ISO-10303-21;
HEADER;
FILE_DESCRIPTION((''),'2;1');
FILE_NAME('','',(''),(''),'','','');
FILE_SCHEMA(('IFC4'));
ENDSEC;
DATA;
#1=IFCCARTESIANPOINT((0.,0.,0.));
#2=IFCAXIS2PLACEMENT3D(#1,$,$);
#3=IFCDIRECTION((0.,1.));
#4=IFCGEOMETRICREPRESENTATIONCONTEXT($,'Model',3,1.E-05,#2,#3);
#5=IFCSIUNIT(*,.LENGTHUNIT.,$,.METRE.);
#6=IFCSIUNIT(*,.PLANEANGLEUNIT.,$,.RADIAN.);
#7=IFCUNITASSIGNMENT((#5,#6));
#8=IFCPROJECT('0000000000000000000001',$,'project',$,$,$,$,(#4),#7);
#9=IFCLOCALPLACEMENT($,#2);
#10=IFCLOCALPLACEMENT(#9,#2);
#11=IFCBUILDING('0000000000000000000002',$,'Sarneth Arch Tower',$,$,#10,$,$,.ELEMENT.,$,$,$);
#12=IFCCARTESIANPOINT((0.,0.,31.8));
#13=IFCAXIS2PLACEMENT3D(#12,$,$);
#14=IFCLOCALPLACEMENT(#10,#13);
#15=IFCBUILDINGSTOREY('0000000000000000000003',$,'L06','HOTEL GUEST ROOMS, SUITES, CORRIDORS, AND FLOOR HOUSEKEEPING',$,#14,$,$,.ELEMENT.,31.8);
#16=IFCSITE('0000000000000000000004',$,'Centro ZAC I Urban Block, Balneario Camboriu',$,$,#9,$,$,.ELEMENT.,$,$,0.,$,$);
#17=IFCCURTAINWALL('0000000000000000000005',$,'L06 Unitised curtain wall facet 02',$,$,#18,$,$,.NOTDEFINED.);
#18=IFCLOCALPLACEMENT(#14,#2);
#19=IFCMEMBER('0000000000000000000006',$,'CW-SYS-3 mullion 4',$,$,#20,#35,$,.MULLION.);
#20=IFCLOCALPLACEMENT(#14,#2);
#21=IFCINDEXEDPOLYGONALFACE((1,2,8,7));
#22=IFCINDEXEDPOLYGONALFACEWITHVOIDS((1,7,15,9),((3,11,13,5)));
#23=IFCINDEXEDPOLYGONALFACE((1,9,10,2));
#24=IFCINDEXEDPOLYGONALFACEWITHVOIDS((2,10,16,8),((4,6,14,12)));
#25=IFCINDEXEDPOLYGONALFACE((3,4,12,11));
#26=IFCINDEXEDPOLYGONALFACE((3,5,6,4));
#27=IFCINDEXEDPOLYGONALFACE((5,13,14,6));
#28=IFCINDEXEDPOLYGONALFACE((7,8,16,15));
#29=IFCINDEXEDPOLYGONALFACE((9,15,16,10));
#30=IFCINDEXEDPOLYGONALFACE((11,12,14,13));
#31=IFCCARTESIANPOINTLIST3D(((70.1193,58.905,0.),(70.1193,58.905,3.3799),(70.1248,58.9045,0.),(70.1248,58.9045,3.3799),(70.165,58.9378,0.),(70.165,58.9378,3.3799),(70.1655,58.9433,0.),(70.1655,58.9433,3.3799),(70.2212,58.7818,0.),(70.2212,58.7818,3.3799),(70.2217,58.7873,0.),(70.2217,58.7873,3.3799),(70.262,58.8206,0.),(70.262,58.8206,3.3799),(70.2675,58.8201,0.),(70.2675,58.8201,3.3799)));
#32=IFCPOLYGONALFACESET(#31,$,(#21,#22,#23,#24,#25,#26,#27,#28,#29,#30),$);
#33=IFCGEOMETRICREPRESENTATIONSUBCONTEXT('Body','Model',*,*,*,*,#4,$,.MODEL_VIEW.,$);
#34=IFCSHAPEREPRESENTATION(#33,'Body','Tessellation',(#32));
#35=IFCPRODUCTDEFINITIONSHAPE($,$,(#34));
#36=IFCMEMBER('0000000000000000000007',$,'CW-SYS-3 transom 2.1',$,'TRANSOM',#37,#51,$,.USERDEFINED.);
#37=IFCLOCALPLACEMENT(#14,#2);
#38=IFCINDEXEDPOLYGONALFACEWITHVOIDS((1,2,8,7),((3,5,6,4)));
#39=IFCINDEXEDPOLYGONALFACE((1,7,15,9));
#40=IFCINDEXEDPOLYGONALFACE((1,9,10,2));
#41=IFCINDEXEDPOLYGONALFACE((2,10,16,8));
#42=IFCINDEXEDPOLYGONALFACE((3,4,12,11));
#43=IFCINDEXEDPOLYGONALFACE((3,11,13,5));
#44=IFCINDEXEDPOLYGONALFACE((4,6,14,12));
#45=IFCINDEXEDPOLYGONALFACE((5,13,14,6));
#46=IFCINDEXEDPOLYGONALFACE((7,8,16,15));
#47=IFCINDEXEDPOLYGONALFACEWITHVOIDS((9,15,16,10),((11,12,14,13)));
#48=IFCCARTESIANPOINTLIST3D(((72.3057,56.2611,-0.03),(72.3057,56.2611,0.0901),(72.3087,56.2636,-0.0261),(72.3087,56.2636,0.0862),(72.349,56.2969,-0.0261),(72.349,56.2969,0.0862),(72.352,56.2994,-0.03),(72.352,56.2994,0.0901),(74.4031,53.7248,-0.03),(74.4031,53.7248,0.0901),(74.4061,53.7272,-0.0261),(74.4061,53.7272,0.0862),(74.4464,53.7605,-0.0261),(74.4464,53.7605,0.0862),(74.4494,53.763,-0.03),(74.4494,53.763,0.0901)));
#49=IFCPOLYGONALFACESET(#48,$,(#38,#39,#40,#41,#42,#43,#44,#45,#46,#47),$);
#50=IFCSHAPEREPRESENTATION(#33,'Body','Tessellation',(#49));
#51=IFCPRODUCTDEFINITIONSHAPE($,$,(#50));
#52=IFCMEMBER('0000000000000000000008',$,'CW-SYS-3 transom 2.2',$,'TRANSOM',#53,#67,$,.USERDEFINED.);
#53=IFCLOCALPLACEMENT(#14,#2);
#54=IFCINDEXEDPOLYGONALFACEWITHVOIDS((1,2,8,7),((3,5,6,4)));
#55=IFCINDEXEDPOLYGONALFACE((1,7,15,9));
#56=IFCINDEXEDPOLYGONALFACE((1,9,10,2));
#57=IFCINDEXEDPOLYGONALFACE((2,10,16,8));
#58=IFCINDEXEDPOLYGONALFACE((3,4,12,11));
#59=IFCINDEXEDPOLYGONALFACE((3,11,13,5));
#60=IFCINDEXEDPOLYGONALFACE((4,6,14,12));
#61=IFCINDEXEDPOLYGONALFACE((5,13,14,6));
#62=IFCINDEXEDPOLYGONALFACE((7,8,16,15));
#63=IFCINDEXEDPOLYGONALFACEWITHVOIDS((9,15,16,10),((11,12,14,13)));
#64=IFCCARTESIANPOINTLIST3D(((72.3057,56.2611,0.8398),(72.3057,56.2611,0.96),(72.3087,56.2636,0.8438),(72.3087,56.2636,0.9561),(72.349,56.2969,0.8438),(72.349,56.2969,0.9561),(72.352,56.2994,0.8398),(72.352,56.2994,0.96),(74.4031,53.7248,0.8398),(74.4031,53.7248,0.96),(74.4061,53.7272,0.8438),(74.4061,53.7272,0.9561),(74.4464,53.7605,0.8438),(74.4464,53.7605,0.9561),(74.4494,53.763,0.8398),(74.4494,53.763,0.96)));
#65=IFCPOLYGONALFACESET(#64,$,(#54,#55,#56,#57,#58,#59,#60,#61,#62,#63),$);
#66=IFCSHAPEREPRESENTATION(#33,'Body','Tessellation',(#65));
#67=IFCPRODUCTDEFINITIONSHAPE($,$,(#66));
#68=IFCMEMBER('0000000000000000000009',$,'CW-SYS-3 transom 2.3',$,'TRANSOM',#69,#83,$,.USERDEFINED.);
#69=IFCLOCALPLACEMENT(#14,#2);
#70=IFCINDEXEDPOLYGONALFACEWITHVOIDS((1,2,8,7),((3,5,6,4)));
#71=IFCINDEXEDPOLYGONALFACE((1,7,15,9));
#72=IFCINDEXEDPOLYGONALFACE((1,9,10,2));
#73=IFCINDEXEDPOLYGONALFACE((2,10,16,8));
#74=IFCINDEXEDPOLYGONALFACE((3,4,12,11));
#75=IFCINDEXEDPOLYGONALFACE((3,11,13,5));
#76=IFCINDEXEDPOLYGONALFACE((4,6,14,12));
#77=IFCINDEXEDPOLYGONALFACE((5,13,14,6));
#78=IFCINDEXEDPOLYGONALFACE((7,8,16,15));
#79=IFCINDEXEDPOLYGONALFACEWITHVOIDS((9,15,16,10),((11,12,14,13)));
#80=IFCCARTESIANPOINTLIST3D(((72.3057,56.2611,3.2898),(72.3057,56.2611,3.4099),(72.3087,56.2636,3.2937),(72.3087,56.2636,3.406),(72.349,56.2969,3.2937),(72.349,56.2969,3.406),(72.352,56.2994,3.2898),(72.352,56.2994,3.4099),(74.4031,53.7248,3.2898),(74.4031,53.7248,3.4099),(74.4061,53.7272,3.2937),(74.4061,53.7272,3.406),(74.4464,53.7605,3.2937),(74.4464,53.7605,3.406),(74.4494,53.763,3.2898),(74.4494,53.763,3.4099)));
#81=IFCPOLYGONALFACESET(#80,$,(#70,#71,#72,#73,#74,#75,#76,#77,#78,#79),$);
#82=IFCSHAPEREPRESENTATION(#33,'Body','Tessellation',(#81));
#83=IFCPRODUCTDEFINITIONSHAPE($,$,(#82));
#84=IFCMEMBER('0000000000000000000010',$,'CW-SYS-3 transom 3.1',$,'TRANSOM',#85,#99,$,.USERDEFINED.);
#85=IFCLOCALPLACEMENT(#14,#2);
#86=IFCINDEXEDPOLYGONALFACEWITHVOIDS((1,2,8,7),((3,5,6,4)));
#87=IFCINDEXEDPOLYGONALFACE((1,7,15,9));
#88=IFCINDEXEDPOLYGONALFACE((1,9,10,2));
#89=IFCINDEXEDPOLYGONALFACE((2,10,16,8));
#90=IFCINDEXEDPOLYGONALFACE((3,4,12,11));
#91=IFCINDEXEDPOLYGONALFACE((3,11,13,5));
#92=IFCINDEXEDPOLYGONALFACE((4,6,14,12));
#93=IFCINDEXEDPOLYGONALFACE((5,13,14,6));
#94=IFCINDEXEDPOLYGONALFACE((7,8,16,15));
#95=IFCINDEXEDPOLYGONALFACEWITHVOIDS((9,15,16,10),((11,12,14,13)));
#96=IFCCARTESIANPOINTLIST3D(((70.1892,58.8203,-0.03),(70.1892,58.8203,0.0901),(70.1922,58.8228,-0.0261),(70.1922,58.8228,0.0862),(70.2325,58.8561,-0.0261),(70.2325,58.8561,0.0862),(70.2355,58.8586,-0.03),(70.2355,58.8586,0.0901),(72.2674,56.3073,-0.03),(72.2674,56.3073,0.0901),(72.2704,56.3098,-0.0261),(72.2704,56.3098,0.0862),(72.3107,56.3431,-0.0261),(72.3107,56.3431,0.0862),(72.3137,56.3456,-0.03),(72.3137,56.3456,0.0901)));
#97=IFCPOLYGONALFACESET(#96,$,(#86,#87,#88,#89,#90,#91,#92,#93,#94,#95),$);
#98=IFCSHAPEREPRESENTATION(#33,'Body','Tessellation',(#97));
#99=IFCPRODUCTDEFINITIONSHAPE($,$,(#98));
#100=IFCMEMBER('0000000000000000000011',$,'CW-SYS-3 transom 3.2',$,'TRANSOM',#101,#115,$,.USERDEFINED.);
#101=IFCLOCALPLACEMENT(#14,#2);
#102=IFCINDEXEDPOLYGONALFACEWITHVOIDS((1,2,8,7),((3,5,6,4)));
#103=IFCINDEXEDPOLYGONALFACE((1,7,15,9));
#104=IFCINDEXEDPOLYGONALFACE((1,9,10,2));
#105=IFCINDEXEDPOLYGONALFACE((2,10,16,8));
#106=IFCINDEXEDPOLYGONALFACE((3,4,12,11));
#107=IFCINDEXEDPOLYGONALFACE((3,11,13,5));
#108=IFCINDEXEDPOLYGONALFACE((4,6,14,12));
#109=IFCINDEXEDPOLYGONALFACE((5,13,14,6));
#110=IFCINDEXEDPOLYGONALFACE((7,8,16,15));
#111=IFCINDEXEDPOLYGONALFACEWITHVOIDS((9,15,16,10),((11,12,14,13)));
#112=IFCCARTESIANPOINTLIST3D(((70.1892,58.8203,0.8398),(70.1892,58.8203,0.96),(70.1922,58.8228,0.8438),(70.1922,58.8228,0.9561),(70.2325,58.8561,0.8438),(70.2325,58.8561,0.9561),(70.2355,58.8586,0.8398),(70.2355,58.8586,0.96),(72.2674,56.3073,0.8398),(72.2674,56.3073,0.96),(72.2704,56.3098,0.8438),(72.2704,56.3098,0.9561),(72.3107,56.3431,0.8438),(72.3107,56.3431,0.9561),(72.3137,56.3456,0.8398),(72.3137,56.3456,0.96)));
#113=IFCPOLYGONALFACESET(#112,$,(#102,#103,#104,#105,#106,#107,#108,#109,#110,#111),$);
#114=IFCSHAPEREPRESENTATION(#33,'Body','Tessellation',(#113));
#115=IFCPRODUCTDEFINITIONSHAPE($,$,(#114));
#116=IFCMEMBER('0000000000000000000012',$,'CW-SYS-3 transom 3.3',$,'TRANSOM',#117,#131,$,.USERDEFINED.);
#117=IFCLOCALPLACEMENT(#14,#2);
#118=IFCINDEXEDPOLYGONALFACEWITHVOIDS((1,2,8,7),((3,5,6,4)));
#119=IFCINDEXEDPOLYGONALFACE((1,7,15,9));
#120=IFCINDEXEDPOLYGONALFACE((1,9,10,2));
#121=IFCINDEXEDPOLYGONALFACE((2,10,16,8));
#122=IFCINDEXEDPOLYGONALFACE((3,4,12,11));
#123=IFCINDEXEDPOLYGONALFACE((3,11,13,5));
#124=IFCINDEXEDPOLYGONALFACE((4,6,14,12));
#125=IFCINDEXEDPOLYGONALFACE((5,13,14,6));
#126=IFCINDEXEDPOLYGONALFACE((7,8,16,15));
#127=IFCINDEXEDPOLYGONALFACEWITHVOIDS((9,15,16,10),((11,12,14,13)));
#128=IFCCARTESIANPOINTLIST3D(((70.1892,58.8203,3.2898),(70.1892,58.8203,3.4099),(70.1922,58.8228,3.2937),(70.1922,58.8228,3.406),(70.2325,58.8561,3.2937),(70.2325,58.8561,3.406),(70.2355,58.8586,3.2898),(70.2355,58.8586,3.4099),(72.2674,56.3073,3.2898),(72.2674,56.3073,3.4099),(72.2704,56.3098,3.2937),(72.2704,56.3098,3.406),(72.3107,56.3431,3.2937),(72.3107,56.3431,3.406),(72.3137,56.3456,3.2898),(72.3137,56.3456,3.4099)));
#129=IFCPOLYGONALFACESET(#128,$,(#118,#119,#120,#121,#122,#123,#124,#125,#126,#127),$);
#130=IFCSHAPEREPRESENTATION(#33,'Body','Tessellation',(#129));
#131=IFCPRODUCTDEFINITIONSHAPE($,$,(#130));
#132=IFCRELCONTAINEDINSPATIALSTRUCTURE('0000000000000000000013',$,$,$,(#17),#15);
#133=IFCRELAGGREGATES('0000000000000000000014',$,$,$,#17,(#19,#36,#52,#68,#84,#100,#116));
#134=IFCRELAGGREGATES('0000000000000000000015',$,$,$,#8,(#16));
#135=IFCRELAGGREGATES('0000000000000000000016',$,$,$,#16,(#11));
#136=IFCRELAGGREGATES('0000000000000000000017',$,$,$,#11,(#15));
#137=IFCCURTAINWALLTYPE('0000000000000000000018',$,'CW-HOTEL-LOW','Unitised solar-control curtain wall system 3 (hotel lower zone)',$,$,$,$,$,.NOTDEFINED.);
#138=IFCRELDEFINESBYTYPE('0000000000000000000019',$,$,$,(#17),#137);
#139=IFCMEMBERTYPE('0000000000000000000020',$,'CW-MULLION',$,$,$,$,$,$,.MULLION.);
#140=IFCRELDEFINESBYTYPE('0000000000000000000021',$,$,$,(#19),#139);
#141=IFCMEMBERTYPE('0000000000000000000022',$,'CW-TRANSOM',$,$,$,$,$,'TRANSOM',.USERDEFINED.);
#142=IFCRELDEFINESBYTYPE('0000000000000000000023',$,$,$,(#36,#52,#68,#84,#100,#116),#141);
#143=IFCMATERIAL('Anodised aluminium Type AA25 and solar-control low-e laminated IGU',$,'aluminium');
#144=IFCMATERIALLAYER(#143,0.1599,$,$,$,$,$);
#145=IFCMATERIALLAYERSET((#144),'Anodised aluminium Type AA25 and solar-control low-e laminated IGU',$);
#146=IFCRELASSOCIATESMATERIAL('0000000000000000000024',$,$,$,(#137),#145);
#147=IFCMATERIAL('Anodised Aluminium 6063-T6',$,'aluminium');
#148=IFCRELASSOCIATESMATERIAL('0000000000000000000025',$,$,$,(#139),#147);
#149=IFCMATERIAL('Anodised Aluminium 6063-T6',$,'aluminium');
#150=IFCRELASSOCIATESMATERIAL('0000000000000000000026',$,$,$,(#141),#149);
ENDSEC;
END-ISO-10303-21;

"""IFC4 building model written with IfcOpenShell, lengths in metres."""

from ifc_helpers import new_model, si_unit, direction, frame, origin, origin_2d, place, context, subcontext, project, spatial, hollow_rectangle, extrude, material, layer, layer_set, material_profile, profile_set, type_object, element, aggregate, save


model = new_model("IFC4")

# Units and contexts
model_context = context("Model", 3, precision=1e-05, world=origin(), true_north=direction((0.0, 1.0)))
body_context = subcontext(model_context, "Body", "Model", "MODEL_VIEW")
ifc_project = project(units=[si_unit("LENGTHUNIT", "METRE"), si_unit("PLANEANGLEUNIT", "RADIAN")], contexts=[model_context])

# Site, building, storey
site_placement = place(None, origin())
site = spatial("IfcSite", under=ifc_project, at=site_placement, Name="Centro ZAC I Urban Block, Balneario Camboriu", CompositionType="ELEMENT", RefElevation=0.0)
building_placement = place(site_placement, origin())
building = spatial("IfcBuilding", under=site, at=building_placement, Name="Sarneth Arch Tower", CompositionType="ELEMENT")
storey_placement = place(building_placement, frame((0.0, 0.0, 31.8)))
storey = spatial("IfcBuildingStorey", under=building, at=storey_placement, Name="L06", Description="HOTEL GUEST ROOMS, SUITES, CORRIDORS, AND FLOOR HOUSEKEEPING", CompositionType="ELEMENT", Elevation=31.8)

# Curtain wall, members
ifc_material_1 = material(Name="Anodised aluminium Type AA25 and solar-control low-e laminated IGU", Category="aluminium")
ifc_layer_1 = layer(ifc_material_1, 0.1599)
ifc_layer_set_1 = layer_set([ifc_layer_1], Name="Anodised aluminium Type AA25 and solar-control low-e laminated IGU")
curtain_wall_type = type_object("IfcCurtainWallType", Name="CW-HOTEL-LOW", Description="Unitised solar-control curtain wall system 3 (hotel lower zone)", PredefinedType="NOTDEFINED", material=ifc_layer_set_1)
curtain_wall_placement = place(storey_placement, origin())
curtain_wall = element("IfcCurtainWall", 1, at=curtain_wall_placement, inside=storey, type_object=curtain_wall_type, Name="L06 Unitised curtain wall facet 02", PredefinedType="NOTDEFINED")
ifc_material_2 = material(Name="Anodised Aluminium 6063-T6", Category="aluminium")
ifc_material_profile_1 = material_profile(ifc_material_2, hollow_rectangle(XDim=0.0601, YDim=0.1599, WallThickness=0.0039, at=origin_2d()), Name="AL-MULL-160x60x4")
ifc_profile_set_1 = profile_set([ifc_material_profile_1], Name="Anodised Aluminium 6063-T6")
member_type_1 = type_object("IfcMemberType", Name="CW-MULLION", PredefinedType="MULLION", material=ifc_profile_set_1)
member_1_placement = place(storey_placement, frame((70.1934, 58.8625, 0.0), z_axis=(0.0, 0.0, 1.0), x_axis=(-0.770623, -0.637291, 0.0)))
member_1 = element("IfcMember", 2, at=member_1_placement, type_object=member_type_1, Name="CW-SYS-3 mullion 4", PredefinedType="MULLION", context=body_context, shape_type="SweptSolid", body=[
    extrude(hollow_rectangle(XDim=0.0601, YDim=0.1599, WallThickness=0.0039, at=origin_2d()), origin(), (0.0, 0.0, 1.0), 3.3799),
])
ifc_material_3 = material(Name="Anodised Aluminium 6063-T6", Category="aluminium")
ifc_material_profile_2 = material_profile(ifc_material_3, hollow_rectangle(XDim=0.0601, YDim=0.1201, WallThickness=0.0039, at=origin_2d()), Name="AL-TRAN-120x60x4")
ifc_profile_set_2 = profile_set([ifc_material_profile_2], Name="Anodised Aluminium 6063-T6")
member_type_2 = type_object("IfcMemberType", Name="CW-TRANSOM", ElementType="TRANSOM", PredefinedType="USERDEFINED", material=ifc_profile_set_2)
member_2_placement = place(storey_placement, frame((74.4263, 53.7439, 0.03), z_axis=(-0.637269, 0.770642, 0.0), x_axis=(-0.770642, -0.637269, 0.0)))
member_2 = element("IfcMember", 3, at=member_2_placement, type_object=member_type_2, Name="CW-SYS-3 transom 2.1", ObjectType="TRANSOM", PredefinedType="USERDEFINED", context=body_context, shape_type="SweptSolid", body=[
    extrude(hollow_rectangle(XDim=0.0601, YDim=0.1201, WallThickness=0.0039, at=origin_2d()), origin(), (0.0, 0.0, 1.0), 3.2913),
])
member_3_placement = place(storey_placement, frame((74.4263, 53.7439, 0.8999), z_axis=(-0.637269, 0.770642, 0.0), x_axis=(-0.770642, -0.637269, 0.0)))
member_3 = element("IfcMember", 4, at=member_3_placement, type_object=member_type_2, Name="CW-SYS-3 transom 2.2", ObjectType="TRANSOM", PredefinedType="USERDEFINED", context=body_context, shape_type="SweptSolid", body=[
    extrude(hollow_rectangle(XDim=0.0601, YDim=0.1201, WallThickness=0.0039, at=origin_2d()), origin(), (0.0, 0.0, 1.0), 3.2913),
])
member_4_placement = place(storey_placement, frame((74.4263, 53.7439, 3.3499), z_axis=(-0.637269, 0.770642, 0.0), x_axis=(-0.770642, -0.637269, 0.0)))
member_4 = element("IfcMember", 5, at=member_4_placement, type_object=member_type_2, Name="CW-SYS-3 transom 2.3", ObjectType="TRANSOM", PredefinedType="USERDEFINED", context=body_context, shape_type="SweptSolid", body=[
    extrude(hollow_rectangle(XDim=0.0601, YDim=0.1201, WallThickness=0.0039, at=origin_2d()), origin(), (0.0, 0.0, 1.0), 3.2913),
])
member_5_placement = place(storey_placement, frame((72.2905, 56.3264, 0.03), z_axis=(-0.637286, 0.770628, 0.0), x_axis=(-0.770628, -0.637286, 0.0)))
member_5 = element("IfcMember", 6, at=member_5_placement, type_object=member_type_2, Name="CW-SYS-3 transom 3.1", ObjectType="TRANSOM", PredefinedType="USERDEFINED", context=body_context, shape_type="SweptSolid", body=[
    extrude(hollow_rectangle(XDim=0.0601, YDim=0.1201, WallThickness=0.0039, at=origin_2d()), origin(), (0.0, 0.0, 1.0), 3.261),
])
member_6_placement = place(storey_placement, frame((72.2905, 56.3264, 0.8999), z_axis=(-0.637286, 0.770628, 0.0), x_axis=(-0.770628, -0.637286, 0.0)))
member_6 = element("IfcMember", 7, at=member_6_placement, type_object=member_type_2, Name="CW-SYS-3 transom 3.2", ObjectType="TRANSOM", PredefinedType="USERDEFINED", context=body_context, shape_type="SweptSolid", body=[
    extrude(hollow_rectangle(XDim=0.0601, YDim=0.1201, WallThickness=0.0039, at=origin_2d()), origin(), (0.0, 0.0, 1.0), 3.261),
])
member_7_placement = place(storey_placement, frame((72.2905, 56.3264, 3.3499), z_axis=(-0.637286, 0.770628, 0.0), x_axis=(-0.770628, -0.637286, 0.0)))
member_7 = element("IfcMember", 8, at=member_7_placement, type_object=member_type_2, Name="CW-SYS-3 transom 3.3", ObjectType="TRANSOM", PredefinedType="USERDEFINED", context=body_context, shape_type="SweptSolid", body=[
    extrude(hollow_rectangle(XDim=0.0601, YDim=0.1201, WallThickness=0.0039, at=origin_2d()), origin(), (0.0, 0.0, 1.0), 3.261),
])

aggregate(curtain_wall, [member_1, member_2, member_3, member_4, member_5, member_6, member_7])

save(model, "model.ifc")
